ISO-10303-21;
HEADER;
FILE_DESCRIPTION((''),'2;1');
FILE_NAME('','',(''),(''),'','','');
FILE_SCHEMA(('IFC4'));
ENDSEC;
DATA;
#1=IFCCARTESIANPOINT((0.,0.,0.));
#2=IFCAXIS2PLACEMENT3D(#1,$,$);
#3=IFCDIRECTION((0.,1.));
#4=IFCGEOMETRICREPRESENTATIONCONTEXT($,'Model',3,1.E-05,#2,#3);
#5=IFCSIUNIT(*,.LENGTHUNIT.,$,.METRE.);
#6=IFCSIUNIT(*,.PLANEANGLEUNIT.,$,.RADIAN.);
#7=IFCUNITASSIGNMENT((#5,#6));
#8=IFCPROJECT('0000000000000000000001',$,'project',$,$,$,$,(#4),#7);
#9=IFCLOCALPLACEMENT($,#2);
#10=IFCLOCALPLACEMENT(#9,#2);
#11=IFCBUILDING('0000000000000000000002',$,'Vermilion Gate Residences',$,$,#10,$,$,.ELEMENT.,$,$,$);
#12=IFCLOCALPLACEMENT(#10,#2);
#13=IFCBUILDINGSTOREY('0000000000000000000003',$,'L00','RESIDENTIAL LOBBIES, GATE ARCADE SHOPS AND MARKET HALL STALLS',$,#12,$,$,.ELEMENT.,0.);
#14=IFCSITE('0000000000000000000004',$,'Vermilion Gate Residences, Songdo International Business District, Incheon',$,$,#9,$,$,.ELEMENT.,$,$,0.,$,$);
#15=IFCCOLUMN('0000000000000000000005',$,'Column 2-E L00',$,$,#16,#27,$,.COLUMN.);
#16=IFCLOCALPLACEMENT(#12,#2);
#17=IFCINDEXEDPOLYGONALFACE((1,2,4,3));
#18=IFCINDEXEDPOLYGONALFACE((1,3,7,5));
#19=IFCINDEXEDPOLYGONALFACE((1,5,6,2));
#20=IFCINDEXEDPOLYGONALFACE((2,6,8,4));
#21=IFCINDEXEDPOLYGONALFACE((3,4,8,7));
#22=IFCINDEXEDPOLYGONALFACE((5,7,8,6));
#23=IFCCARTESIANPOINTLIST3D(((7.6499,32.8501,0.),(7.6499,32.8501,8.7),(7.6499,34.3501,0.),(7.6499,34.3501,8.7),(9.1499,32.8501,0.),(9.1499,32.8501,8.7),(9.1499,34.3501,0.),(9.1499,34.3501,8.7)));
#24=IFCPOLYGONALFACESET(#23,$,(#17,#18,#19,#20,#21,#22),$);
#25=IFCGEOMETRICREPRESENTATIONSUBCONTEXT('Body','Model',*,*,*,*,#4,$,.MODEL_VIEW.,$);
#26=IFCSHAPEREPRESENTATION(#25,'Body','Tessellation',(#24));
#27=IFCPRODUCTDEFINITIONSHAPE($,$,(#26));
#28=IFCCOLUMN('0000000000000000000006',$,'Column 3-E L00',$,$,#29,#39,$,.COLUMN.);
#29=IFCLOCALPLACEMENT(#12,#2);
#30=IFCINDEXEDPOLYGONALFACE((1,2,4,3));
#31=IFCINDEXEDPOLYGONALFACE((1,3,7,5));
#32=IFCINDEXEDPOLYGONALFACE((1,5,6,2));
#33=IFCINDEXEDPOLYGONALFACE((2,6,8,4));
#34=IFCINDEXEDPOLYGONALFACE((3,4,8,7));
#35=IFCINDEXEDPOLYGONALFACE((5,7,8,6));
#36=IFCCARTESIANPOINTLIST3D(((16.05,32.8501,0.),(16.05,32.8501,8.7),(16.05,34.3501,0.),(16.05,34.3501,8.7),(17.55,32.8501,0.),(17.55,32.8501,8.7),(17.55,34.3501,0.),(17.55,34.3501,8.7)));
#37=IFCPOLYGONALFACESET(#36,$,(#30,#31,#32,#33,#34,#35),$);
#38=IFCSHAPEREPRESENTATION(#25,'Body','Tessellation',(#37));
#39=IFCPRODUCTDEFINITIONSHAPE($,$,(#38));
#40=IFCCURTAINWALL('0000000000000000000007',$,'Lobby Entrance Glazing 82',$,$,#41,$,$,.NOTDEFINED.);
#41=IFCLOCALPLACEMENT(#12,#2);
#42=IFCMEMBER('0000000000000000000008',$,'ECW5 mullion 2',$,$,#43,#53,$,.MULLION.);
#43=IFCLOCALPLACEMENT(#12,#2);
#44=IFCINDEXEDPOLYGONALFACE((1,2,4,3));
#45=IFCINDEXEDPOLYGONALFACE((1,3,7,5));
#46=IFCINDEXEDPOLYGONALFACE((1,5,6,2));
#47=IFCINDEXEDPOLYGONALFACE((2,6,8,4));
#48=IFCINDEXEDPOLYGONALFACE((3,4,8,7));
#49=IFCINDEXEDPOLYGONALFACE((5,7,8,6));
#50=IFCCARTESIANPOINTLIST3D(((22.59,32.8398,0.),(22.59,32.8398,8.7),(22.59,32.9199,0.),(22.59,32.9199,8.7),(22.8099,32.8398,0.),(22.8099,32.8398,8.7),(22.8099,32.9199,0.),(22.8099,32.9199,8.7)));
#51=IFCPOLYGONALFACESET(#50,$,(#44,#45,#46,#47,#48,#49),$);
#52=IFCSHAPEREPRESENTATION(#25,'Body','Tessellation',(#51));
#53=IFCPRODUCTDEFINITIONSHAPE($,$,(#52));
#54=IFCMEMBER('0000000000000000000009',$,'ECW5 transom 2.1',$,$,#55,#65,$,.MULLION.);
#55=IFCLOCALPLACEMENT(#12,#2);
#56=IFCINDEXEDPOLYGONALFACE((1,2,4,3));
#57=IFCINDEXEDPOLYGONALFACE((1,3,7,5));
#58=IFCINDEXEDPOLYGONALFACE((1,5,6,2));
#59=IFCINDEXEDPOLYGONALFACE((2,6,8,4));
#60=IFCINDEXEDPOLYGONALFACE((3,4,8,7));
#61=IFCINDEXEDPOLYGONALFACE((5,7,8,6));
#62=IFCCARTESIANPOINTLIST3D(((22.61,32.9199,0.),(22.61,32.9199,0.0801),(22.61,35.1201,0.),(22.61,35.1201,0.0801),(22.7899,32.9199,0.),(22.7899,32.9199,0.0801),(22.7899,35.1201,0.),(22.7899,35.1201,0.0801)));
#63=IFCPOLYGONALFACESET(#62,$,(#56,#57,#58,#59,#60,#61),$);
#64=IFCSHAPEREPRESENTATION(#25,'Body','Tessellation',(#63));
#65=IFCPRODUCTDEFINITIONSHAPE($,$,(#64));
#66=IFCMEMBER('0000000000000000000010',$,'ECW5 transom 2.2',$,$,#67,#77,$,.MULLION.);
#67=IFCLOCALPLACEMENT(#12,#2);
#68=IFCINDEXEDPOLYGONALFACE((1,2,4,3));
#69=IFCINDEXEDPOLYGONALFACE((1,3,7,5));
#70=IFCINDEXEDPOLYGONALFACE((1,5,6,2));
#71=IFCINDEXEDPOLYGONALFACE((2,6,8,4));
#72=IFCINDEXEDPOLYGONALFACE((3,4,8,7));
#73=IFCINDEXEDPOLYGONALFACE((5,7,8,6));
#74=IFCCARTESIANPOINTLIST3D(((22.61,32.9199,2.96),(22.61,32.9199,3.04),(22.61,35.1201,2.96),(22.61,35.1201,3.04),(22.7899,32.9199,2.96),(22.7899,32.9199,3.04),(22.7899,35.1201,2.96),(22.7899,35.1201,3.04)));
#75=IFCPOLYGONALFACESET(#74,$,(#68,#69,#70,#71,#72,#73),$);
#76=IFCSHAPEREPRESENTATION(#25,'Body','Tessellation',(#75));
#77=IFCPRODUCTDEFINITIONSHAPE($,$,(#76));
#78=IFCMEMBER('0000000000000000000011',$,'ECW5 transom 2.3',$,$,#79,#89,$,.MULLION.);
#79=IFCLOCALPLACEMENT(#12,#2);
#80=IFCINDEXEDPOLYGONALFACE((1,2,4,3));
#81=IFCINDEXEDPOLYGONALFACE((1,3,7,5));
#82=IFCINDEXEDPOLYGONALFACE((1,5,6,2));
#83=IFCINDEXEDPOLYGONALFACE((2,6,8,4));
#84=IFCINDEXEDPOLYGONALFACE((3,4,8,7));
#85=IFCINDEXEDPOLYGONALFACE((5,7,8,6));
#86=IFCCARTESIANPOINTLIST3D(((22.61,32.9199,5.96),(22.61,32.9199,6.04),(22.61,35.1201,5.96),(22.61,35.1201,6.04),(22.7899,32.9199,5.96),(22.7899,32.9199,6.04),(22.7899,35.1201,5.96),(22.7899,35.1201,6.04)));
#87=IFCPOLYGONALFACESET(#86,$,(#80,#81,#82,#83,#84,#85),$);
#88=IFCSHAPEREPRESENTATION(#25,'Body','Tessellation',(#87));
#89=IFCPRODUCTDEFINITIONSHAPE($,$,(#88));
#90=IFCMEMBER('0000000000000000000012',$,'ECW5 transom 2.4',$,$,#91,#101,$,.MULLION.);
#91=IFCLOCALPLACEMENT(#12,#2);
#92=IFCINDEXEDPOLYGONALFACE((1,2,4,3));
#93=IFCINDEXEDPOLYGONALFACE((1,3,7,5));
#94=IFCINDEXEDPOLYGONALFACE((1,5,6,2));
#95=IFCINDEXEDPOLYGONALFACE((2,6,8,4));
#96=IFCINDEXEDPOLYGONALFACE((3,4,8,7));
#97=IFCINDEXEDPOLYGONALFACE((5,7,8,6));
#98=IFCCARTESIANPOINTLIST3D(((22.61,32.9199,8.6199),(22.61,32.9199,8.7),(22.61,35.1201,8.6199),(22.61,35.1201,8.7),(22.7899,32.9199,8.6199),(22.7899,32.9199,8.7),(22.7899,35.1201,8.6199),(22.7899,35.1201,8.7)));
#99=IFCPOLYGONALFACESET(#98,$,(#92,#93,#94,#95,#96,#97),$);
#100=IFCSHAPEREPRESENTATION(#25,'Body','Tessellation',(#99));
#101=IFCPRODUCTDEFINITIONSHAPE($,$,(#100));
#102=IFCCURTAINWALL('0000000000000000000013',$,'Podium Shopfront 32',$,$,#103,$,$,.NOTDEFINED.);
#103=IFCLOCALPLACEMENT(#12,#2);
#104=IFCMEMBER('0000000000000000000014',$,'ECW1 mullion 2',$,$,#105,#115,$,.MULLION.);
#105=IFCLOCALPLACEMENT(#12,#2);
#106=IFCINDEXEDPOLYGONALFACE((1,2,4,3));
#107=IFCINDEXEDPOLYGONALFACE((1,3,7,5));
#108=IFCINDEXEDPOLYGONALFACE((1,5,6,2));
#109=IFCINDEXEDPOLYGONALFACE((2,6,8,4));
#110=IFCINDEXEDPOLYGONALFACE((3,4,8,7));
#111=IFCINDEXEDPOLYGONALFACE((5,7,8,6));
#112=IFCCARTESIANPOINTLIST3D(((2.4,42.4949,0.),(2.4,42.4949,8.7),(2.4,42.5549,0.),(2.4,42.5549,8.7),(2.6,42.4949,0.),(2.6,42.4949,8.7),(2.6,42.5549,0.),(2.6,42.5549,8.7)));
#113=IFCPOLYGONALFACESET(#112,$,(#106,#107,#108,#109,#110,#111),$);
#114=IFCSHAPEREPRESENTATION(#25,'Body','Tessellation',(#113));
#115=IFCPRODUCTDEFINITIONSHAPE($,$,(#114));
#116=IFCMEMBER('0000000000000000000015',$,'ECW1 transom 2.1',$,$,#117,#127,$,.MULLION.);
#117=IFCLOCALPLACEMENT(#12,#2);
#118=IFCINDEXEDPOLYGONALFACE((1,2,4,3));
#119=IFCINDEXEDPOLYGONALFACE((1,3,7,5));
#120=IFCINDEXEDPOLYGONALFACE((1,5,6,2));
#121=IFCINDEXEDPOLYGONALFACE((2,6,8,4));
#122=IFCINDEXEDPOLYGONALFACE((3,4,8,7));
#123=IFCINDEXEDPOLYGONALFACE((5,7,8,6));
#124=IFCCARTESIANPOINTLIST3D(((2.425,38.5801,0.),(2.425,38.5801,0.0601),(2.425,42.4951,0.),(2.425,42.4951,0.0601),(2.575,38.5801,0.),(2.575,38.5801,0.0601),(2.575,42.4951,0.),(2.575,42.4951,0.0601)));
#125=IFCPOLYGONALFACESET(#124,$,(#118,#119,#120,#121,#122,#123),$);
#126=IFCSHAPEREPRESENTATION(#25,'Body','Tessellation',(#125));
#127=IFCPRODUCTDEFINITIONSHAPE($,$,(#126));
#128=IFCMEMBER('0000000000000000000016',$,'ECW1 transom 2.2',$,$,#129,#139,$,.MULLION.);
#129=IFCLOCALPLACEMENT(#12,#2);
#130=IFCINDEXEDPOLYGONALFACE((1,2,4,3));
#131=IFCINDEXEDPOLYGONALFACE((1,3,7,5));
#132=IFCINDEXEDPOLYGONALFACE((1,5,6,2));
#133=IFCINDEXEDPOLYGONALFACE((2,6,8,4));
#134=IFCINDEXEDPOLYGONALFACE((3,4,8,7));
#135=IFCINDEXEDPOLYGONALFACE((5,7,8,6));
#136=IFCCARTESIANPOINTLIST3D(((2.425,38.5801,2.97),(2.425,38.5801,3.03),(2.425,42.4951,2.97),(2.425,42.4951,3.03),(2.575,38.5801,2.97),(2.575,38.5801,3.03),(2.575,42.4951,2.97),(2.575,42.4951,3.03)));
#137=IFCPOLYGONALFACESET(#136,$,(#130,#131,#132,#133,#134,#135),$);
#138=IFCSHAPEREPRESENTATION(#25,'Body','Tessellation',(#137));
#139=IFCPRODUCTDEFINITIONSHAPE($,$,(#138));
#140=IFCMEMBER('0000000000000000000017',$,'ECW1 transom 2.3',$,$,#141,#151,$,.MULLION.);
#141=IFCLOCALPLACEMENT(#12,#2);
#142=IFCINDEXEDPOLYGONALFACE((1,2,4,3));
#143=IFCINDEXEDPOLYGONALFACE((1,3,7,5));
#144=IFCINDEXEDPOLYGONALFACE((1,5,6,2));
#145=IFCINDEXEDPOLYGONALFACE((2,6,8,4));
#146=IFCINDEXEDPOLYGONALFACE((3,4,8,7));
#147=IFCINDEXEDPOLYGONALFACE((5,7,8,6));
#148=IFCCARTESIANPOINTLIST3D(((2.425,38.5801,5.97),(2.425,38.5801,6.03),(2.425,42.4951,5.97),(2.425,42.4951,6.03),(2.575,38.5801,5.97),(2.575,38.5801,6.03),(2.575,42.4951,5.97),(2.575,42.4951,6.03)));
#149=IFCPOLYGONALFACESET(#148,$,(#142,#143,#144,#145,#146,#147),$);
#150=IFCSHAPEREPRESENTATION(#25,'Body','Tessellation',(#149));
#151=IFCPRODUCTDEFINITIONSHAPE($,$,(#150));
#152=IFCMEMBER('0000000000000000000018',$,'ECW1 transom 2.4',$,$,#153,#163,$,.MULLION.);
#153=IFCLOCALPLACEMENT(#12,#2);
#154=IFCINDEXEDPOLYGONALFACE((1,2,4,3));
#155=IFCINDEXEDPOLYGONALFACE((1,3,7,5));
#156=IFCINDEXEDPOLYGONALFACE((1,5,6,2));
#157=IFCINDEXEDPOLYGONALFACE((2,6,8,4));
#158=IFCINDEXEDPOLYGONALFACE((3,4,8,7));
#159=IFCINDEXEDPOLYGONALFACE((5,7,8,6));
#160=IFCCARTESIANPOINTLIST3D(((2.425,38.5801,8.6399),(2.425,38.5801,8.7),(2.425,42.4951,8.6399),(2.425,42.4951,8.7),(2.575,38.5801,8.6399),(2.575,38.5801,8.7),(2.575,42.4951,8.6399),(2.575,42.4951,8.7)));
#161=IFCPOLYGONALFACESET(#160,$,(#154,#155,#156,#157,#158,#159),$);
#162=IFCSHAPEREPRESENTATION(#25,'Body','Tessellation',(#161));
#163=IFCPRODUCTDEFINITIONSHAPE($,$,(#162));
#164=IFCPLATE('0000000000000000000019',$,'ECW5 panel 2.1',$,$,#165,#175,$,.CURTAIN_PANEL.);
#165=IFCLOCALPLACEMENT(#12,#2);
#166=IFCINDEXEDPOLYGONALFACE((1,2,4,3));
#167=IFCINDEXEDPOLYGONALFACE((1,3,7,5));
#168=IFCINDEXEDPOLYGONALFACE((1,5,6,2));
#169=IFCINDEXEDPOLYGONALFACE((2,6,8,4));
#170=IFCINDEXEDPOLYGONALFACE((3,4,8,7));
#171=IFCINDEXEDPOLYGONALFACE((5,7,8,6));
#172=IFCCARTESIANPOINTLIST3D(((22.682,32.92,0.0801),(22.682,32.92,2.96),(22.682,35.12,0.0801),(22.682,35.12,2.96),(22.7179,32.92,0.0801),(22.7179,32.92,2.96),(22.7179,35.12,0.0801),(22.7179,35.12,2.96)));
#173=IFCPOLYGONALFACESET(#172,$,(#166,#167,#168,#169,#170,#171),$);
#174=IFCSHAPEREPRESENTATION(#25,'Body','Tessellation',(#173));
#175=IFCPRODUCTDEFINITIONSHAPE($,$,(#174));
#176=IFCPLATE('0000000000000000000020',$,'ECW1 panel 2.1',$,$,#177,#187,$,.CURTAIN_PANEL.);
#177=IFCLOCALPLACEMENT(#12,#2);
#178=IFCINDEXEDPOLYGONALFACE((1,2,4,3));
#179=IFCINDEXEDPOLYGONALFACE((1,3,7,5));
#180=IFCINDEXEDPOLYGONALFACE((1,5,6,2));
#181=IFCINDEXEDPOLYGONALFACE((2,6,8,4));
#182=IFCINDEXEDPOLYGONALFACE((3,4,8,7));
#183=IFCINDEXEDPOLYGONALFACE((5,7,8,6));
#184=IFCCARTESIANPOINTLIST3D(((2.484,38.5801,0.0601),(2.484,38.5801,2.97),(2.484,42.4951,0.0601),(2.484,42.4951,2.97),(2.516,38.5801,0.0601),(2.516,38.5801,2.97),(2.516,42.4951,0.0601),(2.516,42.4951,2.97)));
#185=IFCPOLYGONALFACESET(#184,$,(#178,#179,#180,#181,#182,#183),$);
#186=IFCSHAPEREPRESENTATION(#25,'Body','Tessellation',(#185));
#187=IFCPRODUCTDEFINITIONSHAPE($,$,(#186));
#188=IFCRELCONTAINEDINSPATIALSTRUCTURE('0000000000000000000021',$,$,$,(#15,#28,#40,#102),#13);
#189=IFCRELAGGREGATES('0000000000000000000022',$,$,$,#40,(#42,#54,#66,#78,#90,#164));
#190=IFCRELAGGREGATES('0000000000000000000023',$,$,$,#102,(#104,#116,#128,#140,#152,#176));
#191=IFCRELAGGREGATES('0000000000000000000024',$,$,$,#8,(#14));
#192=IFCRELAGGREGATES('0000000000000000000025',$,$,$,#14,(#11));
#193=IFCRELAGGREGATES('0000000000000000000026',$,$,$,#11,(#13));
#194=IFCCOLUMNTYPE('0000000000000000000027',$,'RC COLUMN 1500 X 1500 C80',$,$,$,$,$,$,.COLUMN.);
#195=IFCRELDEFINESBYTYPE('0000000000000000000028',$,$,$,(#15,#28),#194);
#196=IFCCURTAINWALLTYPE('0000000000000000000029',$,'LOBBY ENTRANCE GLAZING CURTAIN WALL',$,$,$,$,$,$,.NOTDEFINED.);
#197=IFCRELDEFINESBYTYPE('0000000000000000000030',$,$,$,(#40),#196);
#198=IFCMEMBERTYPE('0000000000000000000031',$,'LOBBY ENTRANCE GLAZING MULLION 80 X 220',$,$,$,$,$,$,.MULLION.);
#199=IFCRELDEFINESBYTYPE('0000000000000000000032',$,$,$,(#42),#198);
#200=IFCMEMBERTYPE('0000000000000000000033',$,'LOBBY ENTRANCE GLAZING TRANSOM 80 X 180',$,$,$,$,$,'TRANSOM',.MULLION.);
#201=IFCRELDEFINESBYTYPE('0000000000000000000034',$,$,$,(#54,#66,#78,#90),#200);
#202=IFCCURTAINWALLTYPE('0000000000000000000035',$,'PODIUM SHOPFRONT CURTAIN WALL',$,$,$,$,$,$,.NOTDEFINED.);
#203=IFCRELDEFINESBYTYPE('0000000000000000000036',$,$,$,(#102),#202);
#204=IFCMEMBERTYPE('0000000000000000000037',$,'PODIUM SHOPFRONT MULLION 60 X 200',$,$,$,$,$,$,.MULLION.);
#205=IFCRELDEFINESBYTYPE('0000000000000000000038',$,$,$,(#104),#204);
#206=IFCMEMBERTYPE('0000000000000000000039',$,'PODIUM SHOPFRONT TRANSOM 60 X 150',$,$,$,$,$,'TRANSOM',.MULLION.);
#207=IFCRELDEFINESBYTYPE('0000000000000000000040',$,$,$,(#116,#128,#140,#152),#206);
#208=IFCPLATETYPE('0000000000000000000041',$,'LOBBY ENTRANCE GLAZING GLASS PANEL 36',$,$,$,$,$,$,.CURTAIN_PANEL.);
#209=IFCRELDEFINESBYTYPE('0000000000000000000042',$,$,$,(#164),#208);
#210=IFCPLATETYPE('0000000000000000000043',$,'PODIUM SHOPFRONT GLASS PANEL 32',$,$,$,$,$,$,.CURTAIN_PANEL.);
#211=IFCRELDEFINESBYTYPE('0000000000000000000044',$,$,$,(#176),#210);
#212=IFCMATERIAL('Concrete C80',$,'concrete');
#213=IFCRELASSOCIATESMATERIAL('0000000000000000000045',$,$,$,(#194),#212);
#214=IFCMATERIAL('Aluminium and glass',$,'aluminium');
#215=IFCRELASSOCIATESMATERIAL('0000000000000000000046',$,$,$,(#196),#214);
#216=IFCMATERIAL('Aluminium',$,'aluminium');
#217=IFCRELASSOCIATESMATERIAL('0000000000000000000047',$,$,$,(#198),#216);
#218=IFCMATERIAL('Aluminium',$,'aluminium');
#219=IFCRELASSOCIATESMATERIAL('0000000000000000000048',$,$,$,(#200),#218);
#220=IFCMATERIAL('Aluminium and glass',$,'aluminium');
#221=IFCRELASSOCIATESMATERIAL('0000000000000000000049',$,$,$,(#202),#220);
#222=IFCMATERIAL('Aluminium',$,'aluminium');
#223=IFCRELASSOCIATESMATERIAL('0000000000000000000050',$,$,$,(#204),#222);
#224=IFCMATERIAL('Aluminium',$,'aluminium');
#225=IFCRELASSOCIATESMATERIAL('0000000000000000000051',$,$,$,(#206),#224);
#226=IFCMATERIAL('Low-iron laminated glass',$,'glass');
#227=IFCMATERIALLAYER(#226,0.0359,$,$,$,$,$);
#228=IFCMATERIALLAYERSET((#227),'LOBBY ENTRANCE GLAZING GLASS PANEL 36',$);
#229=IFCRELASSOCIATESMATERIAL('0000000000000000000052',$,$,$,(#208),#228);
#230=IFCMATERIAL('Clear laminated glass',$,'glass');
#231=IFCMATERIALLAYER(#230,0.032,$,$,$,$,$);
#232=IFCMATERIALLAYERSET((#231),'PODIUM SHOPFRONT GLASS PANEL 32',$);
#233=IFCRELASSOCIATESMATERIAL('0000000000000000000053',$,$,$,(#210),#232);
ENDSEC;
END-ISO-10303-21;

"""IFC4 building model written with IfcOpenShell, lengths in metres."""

from ifc_helpers import new_model, si_unit, direction, frame, origin, origin_2d, place, context, subcontext, project, spatial, rectangle, extrude, material, layer, layer_set, material_profile, profile_set, type_object, element, aggregate, save


model = new_model("IFC4")

# Units and contexts
model_context = context("Model", 3, precision=1e-05, world=origin(), true_north=direction((0.0, 1.0)))
body_context = subcontext(model_context, "Body", "Model", "MODEL_VIEW")
ifc_project = project(units=[si_unit("LENGTHUNIT", "METRE"), si_unit("PLANEANGLEUNIT", "RADIAN")], contexts=[model_context])

# Site, building, storey
site_placement = place(None, origin())
site = spatial("IfcSite", under=ifc_project, at=site_placement, Name="Vermilion Gate Residences, Songdo International Business District, Incheon", CompositionType="ELEMENT", RefElevation=0.0)
building_placement = place(site_placement, origin())
building = spatial("IfcBuilding", under=site, at=building_placement, Name="Vermilion Gate Residences", CompositionType="ELEMENT")
storey_placement = place(building_placement, origin())
storey = spatial("IfcBuildingStorey", under=building, at=storey_placement, Name="L00", Description="RESIDENTIAL LOBBIES, GATE ARCADE SHOPS AND MARKET HALL STALLS", CompositionType="ELEMENT", Elevation=0.0)

# Columns
ifc_material_1 = material(Name="Concrete C80", Category="concrete")
ifc_material_profile_1 = material_profile(ifc_material_1, rectangle(XDim=1.5, YDim=1.5, at=origin_2d()), Name="RC-1500x1500")
ifc_profile_set_1 = profile_set([ifc_material_profile_1], Name="Concrete C80")
column_type = type_object("IfcColumnType", Name="RC COLUMN 1500 X 1500 C80", PredefinedType="COLUMN", material=ifc_profile_set_1)
for number, where, z_axis, x_axis, name in (
    (1, (8.3999, 33.6001, 0.0), (0.0, 0.0, 1.0), (1.0, 0.0, 0.0), "Column 2-E L00"),
    (2, (16.8, 33.6001, 0.0), (0.0, 0.0, 1.0), (1.0, 0.0, 0.0), "Column 3-E L00"),
):
    element("IfcColumn", number, at=place(storey_placement, frame(where, z_axis=z_axis, x_axis=x_axis)), inside=storey, type_object=column_type, Name=name, PredefinedType="COLUMN", context=body_context, shape_type="SweptSolid", body=[
        extrude(rectangle(XDim=1.5, YDim=1.5, at=origin_2d()), origin(), (0.0, 0.0, 1.0), 8.7),
    ])

# Curtain walls, members
ifc_material_2 = material(Name="Aluminium and glass", Category="aluminium")
curtain_wall_type_1 = type_object("IfcCurtainWallType", Name="LOBBY ENTRANCE GLAZING CURTAIN WALL", PredefinedType="NOTDEFINED", material=ifc_material_2)
curtain_wall_1_placement = place(storey_placement, origin())
curtain_wall_1 = element("IfcCurtainWall", 3, at=curtain_wall_1_placement, inside=storey, type_object=curtain_wall_type_1, Name="Lobby Entrance Glazing 82", PredefinedType="NOTDEFINED")
ifc_material_3 = material(Name="Aluminium", Category="aluminium")
ifc_material_profile_2 = material_profile(ifc_material_3, rectangle(XDim=0.22, YDim=0.0801, at=origin_2d()), Name="MULLION 80 X 220")
ifc_profile_set_2 = profile_set([ifc_material_profile_2], Name="Aluminium")
member_type_1 = type_object("IfcMemberType", Name="LOBBY ENTRANCE GLAZING MULLION 80 X 220", PredefinedType="MULLION", material=ifc_profile_set_2)
member_1_placement = place(storey_placement, frame((22.7, 32.8799, 0.0), z_axis=(0.0, 0.0, 1.0), x_axis=(-1.0, 0.0, 0.0)))
member_1 = element("IfcMember", 4, at=member_1_placement, type_object=member_type_1, Name="ECW5 mullion 2", PredefinedType="MULLION", context=body_context, shape_type="SweptSolid", body=[
    extrude(rectangle(XDim=0.22, YDim=0.0801, at=origin_2d()), origin(), (0.0, 0.0, 1.0), 8.7),
])
ifc_material_4 = material(Name="Aluminium", Category="aluminium")
ifc_material_profile_3 = material_profile(ifc_material_4, rectangle(XDim=0.1799, YDim=0.0801, at=origin_2d()), Name="TRANSOM 80 X 180")
ifc_profile_set_3 = profile_set([ifc_material_profile_3], Name="Aluminium")
member_type_2 = type_object("IfcMemberType", Name="LOBBY ENTRANCE GLAZING TRANSOM 80 X 180", ElementType="TRANSOM", PredefinedType="MULLION", material=ifc_profile_set_3)
member_2_placement = place(storey_placement, frame((22.7, 32.9199, 0.04), z_axis=(0.0, 1.0, 0.0), x_axis=(-1.0, 0.0, 0.0)))
member_2 = element("IfcMember", 5, at=member_2_placement, type_object=member_type_2, Name="ECW5 transom 2.1", PredefinedType="MULLION", context=body_context, shape_type="SweptSolid", body=[
    extrude(rectangle(XDim=0.1799, YDim=0.0801, at=origin_2d()), origin(), (0.0, 0.0, 1.0), 2.2002),
])
member_3_placement = place(storey_placement, frame((22.7, 32.9199, 3.0), z_axis=(0.0, 1.0, 0.0), x_axis=(-1.0, 0.0, 0.0)))
member_3 = element("IfcMember", 6, at=member_3_placement, type_object=member_type_2, Name="ECW5 transom 2.2", PredefinedType="MULLION", context=body_context, shape_type="SweptSolid", body=[
    extrude(rectangle(XDim=0.1799, YDim=0.0801, at=origin_2d()), origin(), (0.0, 0.0, 1.0), 2.2002),
])
member_4_placement = place(storey_placement, frame((22.7, 32.9199, 6.0), z_axis=(0.0, 1.0, 0.0), x_axis=(-1.0, 0.0, 0.0)))
member_4 = element("IfcMember", 7, at=member_4_placement, type_object=member_type_2, Name="ECW5 transom 2.3", PredefinedType="MULLION", context=body_context, shape_type="SweptSolid", body=[
    extrude(rectangle(XDim=0.1799, YDim=0.0801, at=origin_2d()), origin(), (0.0, 0.0, 1.0), 2.2002),
])
member_5_placement = place(storey_placement, frame((22.7, 32.9199, 8.6599), z_axis=(0.0, 1.0, 0.0), x_axis=(-1.0, 0.0, 0.0)))
member_5 = element("IfcMember", 8, at=member_5_placement, type_object=member_type_2, Name="ECW5 transom 2.4", PredefinedType="MULLION", context=body_context, shape_type="SweptSolid", body=[
    extrude(rectangle(XDim=0.1799, YDim=0.0801, at=origin_2d()), origin(), (0.0, 0.0, 1.0), 2.2002),
])
ifc_material_5 = material(Name="Aluminium and glass", Category="aluminium")
curtain_wall_type_2 = type_object("IfcCurtainWallType", Name="PODIUM SHOPFRONT CURTAIN WALL", PredefinedType="NOTDEFINED", material=ifc_material_5)
curtain_wall_2_placement = place(storey_placement, origin())
curtain_wall_2 = element("IfcCurtainWall", 9, at=curtain_wall_2_placement, inside=storey, type_object=curtain_wall_type_2, Name="Podium Shopfront 32", PredefinedType="NOTDEFINED")
ifc_material_6 = material(Name="Aluminium", Category="aluminium")
ifc_material_profile_4 = material_profile(ifc_material_6, rectangle(XDim=0.2, YDim=0.0601, at=origin_2d()), Name="MULLION 60 X 200")
ifc_profile_set_4 = profile_set([ifc_material_profile_4], Name="Aluminium")
member_type_3 = type_object("IfcMemberType", Name="PODIUM SHOPFRONT MULLION 60 X 200", PredefinedType="MULLION", material=ifc_profile_set_4)
member_6_placement = place(storey_placement, frame((2.5, 42.5249, 0.0), z_axis=(0.0, 0.0, 1.0), x_axis=(1.0, 0.0, 0.0)))
member_6 = element("IfcMember", 10, at=member_6_placement, type_object=member_type_3, Name="ECW1 mullion 2", PredefinedType="MULLION", context=body_context, shape_type="SweptSolid", body=[
    extrude(rectangle(XDim=0.2, YDim=0.0601, at=origin_2d()), origin(), (0.0, 0.0, 1.0), 8.7),
])
ifc_material_7 = material(Name="Aluminium", Category="aluminium")
ifc_material_profile_5 = material_profile(ifc_material_7, rectangle(XDim=0.1499, YDim=0.0601, at=origin_2d()), Name="TRANSOM 60 X 150")
ifc_profile_set_5 = profile_set([ifc_material_profile_5], Name="Aluminium")
member_type_4 = type_object("IfcMemberType", Name="PODIUM SHOPFRONT TRANSOM 60 X 150", ElementType="TRANSOM", PredefinedType="MULLION", material=ifc_profile_set_5)
member_7_placement = place(storey_placement, frame((2.5, 42.4951, 0.03), z_axis=(0.0, -1.0, 0.0), x_axis=(1.0, 0.0, 0.0)))
member_7 = element("IfcMember", 11, at=member_7_placement, type_object=member_type_4, Name="ECW1 transom 2.1", PredefinedType="MULLION", context=body_context, shape_type="SweptSolid", body=[
    extrude(rectangle(XDim=0.1499, YDim=0.0601, at=origin_2d()), origin(), (0.0, 0.0, 1.0), 3.915),
])
member_8_placement = place(storey_placement, frame((2.5, 42.4951, 3.0), z_axis=(0.0, -1.0, 0.0), x_axis=(1.0, 0.0, 0.0)))
member_8 = element("IfcMember", 12, at=member_8_placement, type_object=member_type_4, Name="ECW1 transom 2.2", PredefinedType="MULLION", context=body_context, shape_type="SweptSolid", body=[
    extrude(rectangle(XDim=0.1499, YDim=0.0601, at=origin_2d()), origin(), (0.0, 0.0, 1.0), 3.915),
])
member_9_placement = place(storey_placement, frame((2.5, 42.4951, 6.0), z_axis=(0.0, -1.0, 0.0), x_axis=(1.0, 0.0, 0.0)))
member_9 = element("IfcMember", 13, at=member_9_placement, type_object=member_type_4, Name="ECW1 transom 2.3", PredefinedType="MULLION", context=body_context, shape_type="SweptSolid", body=[
    extrude(rectangle(XDim=0.1499, YDim=0.0601, at=origin_2d()), origin(), (0.0, 0.0, 1.0), 3.915),
])
member_10_placement = place(storey_placement, frame((2.5, 42.4951, 8.6699), z_axis=(0.0, -1.0, 0.0), x_axis=(1.0, 0.0, 0.0)))
member_10 = element("IfcMember", 14, at=member_10_placement, type_object=member_type_4, Name="ECW1 transom 2.4", PredefinedType="MULLION", context=body_context, shape_type="SweptSolid", body=[
    extrude(rectangle(XDim=0.1499, YDim=0.0601, at=origin_2d()), origin(), (0.0, 0.0, 1.0), 3.915),
])

# Plates
ifc_material_8 = material(Name="Low-iron laminated glass", Category="glass")
ifc_layer_1 = layer(ifc_material_8, 0.0359)
ifc_layer_set_1 = layer_set([ifc_layer_1], Name="LOBBY ENTRANCE GLAZING GLASS PANEL 36")
plate_type_1 = type_object("IfcPlateType", Name="LOBBY ENTRANCE GLAZING GLASS PANEL 36", PredefinedType="CURTAIN_PANEL", material=ifc_layer_set_1)
plate_1_placement = place(storey_placement, frame((22.7, 34.02, 0.0801), z_axis=(0.0, 0.0, 1.0), x_axis=(0.0, 1.0, 0.0)))
plate_1 = element("IfcPlate", 15, at=plate_1_placement, type_object=plate_type_1, Name="ECW5 panel 2.1", PredefinedType="CURTAIN_PANEL", context=body_context, shape_type="SweptSolid", body=[
    extrude(rectangle(XDim=2.2, YDim=0.0359, at=origin_2d()), origin(), (0.0, 0.0, 1.0), 2.8799),
])
aggregate(curtain_wall_1, [member_1, member_2, member_3, member_4, member_5, plate_1])
ifc_material_9 = material(Name="Clear laminated glass", Category="glass")
ifc_layer_2 = layer(ifc_material_9, 0.032)
ifc_layer_set_2 = layer_set([ifc_layer_2], Name="PODIUM SHOPFRONT GLASS PANEL 32")
plate_type_2 = type_object("IfcPlateType", Name="PODIUM SHOPFRONT GLASS PANEL 32", PredefinedType="CURTAIN_PANEL", material=ifc_layer_set_2)
plate_2_placement = place(storey_placement, frame((2.5, 40.5376, 0.0601), z_axis=(0.0, 0.0, 1.0), x_axis=(0.0, -1.0, 0.0)))
plate_2 = element("IfcPlate", 16, at=plate_2_placement, type_object=plate_type_2, Name="ECW1 panel 2.1", PredefinedType="CURTAIN_PANEL", context=body_context, shape_type="SweptSolid", body=[
    extrude(rectangle(XDim=3.915, YDim=0.032, at=origin_2d()), origin(), (0.0, 0.0, 1.0), 2.9099),
])
aggregate(curtain_wall_2, [member_6, member_7, member_8, member_9, member_10, plate_2])

save(model, "model.ifc")
